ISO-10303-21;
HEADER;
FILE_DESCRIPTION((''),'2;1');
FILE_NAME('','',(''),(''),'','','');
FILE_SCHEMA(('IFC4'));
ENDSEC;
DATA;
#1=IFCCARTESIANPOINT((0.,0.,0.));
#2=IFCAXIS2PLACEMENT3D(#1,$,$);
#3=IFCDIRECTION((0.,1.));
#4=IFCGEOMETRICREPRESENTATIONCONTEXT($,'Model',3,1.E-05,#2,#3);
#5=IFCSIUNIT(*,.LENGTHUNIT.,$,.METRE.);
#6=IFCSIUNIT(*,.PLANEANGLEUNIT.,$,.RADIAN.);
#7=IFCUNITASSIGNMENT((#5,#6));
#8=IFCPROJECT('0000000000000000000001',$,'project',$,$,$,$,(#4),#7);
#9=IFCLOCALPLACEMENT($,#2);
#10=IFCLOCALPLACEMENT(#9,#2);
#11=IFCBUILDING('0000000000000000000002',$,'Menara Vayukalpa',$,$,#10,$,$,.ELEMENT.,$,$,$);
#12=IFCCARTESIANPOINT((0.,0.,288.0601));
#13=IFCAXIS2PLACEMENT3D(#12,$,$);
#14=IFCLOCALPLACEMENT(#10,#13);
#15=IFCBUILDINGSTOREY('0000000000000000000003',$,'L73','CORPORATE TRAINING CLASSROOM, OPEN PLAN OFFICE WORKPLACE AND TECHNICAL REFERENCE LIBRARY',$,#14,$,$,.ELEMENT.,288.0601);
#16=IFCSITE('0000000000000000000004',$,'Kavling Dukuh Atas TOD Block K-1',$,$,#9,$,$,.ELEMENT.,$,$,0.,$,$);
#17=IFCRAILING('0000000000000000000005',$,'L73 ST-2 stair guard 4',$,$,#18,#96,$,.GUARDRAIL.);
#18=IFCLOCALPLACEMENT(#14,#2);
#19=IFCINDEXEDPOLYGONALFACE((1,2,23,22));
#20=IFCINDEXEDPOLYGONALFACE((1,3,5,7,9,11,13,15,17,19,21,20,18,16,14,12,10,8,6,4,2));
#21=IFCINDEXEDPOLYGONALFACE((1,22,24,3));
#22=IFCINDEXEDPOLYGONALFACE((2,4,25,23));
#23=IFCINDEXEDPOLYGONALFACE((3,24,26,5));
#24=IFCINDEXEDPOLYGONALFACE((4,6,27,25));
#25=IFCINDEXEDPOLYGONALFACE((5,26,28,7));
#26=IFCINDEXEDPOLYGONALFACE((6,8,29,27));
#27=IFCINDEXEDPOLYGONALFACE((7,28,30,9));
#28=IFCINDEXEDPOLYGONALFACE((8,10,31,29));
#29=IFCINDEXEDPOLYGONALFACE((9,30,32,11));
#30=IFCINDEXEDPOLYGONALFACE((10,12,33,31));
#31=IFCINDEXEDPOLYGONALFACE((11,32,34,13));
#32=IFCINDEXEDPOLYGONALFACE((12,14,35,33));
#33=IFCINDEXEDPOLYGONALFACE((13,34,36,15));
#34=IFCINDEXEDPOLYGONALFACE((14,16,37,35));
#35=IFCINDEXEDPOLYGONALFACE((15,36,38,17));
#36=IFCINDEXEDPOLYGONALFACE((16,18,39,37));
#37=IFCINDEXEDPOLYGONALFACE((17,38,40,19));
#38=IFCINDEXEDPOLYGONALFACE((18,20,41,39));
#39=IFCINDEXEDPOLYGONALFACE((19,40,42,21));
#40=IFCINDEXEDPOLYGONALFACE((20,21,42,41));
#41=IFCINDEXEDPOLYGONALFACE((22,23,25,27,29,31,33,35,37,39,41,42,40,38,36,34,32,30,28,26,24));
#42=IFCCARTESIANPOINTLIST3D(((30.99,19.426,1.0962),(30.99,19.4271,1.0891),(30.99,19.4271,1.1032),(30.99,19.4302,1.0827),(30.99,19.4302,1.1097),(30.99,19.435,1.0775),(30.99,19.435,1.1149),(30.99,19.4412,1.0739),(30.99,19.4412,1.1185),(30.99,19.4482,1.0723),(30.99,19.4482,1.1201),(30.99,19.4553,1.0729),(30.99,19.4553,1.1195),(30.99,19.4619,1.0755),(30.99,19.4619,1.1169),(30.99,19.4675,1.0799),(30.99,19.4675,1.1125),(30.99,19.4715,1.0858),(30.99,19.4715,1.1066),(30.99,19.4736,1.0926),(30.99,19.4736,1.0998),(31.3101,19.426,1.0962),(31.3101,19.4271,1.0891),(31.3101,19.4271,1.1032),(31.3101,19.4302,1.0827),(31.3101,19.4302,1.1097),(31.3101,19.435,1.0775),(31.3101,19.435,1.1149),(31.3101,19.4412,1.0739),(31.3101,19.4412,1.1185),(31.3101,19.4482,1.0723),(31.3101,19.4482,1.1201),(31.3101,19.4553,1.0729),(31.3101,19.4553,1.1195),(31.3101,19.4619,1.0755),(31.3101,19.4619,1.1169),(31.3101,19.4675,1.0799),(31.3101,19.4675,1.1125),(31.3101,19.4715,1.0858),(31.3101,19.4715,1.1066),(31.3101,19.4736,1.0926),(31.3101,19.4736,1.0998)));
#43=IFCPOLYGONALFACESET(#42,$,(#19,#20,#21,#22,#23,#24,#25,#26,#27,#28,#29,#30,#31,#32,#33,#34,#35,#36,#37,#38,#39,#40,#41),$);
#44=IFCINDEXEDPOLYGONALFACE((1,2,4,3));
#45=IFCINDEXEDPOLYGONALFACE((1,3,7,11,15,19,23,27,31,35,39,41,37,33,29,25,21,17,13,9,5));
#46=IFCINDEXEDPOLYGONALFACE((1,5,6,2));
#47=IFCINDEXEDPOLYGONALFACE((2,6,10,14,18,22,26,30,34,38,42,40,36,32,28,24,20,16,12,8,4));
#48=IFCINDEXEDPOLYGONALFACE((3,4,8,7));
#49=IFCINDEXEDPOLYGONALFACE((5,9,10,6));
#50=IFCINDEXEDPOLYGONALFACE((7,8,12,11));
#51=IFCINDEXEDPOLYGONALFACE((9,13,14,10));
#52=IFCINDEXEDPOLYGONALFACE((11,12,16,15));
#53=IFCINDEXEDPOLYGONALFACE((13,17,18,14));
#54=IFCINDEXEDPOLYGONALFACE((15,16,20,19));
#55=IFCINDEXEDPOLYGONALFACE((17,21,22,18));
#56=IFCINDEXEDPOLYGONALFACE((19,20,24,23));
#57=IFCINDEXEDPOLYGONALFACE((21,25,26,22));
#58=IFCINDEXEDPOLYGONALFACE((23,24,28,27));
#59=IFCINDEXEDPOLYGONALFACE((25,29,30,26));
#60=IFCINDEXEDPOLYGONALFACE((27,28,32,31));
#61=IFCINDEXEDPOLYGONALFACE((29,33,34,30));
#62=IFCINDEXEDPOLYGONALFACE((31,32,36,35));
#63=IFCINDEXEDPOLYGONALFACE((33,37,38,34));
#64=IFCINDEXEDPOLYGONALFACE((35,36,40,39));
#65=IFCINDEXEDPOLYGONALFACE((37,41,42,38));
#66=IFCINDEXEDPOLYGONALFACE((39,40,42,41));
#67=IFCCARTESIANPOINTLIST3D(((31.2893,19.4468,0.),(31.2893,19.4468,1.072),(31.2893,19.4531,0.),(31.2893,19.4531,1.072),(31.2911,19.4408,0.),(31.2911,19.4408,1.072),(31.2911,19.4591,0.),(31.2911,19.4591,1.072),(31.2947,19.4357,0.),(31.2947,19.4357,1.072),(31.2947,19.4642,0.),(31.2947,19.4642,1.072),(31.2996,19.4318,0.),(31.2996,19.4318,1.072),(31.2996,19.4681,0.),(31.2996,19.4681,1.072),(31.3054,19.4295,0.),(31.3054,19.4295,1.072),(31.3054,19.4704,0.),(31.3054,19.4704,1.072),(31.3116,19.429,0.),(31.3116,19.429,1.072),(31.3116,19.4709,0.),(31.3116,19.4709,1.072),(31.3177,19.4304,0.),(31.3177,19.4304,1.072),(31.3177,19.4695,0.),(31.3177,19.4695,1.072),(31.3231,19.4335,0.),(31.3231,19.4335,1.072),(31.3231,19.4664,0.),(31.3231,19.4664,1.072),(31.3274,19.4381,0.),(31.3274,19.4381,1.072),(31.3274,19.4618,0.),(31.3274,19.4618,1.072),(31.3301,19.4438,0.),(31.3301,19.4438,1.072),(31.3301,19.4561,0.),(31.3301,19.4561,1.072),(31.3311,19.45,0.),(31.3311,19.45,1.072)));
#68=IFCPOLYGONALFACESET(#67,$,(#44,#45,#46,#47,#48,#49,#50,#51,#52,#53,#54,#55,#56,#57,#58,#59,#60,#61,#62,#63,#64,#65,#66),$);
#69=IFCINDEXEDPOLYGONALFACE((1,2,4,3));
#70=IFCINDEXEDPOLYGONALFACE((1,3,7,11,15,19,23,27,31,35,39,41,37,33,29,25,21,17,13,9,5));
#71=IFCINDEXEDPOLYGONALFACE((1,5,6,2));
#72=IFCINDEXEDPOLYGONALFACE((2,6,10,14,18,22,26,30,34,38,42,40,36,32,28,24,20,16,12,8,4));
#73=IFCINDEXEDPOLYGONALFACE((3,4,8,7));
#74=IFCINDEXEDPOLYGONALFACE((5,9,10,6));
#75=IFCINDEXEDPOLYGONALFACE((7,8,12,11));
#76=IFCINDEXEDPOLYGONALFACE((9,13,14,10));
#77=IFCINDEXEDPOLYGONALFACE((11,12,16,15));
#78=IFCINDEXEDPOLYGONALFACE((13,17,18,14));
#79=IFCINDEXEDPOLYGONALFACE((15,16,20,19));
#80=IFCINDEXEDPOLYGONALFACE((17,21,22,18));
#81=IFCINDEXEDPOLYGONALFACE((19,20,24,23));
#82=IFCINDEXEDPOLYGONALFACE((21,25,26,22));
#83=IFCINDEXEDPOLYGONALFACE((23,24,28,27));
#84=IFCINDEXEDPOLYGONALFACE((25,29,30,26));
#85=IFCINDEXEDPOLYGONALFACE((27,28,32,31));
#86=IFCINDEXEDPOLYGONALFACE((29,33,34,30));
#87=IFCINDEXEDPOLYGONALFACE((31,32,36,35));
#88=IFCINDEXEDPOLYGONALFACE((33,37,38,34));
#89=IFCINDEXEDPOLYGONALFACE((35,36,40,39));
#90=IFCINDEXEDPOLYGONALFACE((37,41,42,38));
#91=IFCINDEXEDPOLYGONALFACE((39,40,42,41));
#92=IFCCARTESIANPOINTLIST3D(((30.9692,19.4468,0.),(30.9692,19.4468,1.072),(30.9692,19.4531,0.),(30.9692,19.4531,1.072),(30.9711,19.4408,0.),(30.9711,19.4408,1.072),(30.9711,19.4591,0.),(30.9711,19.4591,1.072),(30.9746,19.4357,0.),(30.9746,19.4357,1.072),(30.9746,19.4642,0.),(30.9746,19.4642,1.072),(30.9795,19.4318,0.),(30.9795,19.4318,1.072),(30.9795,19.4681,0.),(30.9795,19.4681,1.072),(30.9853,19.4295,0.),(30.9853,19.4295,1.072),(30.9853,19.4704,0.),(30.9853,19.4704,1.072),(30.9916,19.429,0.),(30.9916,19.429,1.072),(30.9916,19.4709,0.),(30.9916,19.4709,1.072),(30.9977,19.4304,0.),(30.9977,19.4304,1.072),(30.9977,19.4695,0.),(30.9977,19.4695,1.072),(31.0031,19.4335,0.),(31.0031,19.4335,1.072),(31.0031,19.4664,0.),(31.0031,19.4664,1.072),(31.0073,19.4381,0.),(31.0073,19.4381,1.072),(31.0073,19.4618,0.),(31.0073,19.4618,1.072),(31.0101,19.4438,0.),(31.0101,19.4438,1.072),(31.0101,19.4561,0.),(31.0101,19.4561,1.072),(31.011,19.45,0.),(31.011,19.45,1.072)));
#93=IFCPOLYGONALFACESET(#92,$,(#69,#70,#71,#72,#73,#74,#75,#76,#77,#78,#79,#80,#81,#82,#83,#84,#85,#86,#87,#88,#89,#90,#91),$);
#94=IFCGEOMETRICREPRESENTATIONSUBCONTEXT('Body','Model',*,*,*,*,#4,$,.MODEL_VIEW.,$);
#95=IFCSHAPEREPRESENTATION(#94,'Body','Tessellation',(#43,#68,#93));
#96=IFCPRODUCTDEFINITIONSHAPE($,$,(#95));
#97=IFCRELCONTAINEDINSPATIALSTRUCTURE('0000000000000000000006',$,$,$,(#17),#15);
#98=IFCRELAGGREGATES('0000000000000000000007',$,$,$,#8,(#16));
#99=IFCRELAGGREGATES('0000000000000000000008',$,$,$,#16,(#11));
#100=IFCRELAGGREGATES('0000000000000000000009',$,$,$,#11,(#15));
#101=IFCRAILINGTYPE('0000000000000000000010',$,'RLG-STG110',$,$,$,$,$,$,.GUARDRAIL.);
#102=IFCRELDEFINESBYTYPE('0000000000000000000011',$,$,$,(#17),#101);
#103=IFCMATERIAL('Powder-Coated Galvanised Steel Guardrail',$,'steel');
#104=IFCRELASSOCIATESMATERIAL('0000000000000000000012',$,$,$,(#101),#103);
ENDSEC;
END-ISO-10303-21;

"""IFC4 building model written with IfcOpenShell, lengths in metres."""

from ifc_helpers import new_model, si_unit, direction, frame, origin, origin_2d, place, context, subcontext, project, spatial, circle, extrude, material, type_object, element, save


model = new_model("IFC4")

# Units and contexts
model_context = context("Model", 3, precision=1e-05, world=origin(), true_north=direction((0.0, 1.0)))
body_context = subcontext(model_context, "Body", "Model", "MODEL_VIEW")
ifc_project = project(units=[si_unit("LENGTHUNIT", "METRE"), si_unit("PLANEANGLEUNIT", "RADIAN")], contexts=[model_context])

# Site, building, storey
site_placement = place(None, origin())
site = spatial("IfcSite", under=ifc_project, at=site_placement, Name="Kavling Dukuh Atas TOD Block K-1", CompositionType="ELEMENT", RefElevation=0.0)
building_placement = place(site_placement, origin())
building = spatial("IfcBuilding", under=site, at=building_placement, Name="Menara Vayukalpa", CompositionType="ELEMENT")
storey_placement = place(building_placement, frame((0.0, 0.0, 288.0601)))
storey = spatial("IfcBuildingStorey", under=building, at=storey_placement, Name="L73", Description="CORPORATE TRAINING CLASSROOM, OPEN PLAN OFFICE WORKPLACE AND TECHNICAL REFERENCE LIBRARY", CompositionType="ELEMENT", Elevation=288.0601)

# Railing
ifc_material_1 = material(Name="Powder-Coated Galvanised Steel Guardrail", Category="steel")
railing_type_1 = type_object("IfcRailingType", Name="RLG-STG110", PredefinedType="GUARDRAIL", material=ifc_material_1)
railing_1_placement = place(storey_placement, frame((31.3101, 19.45, 0.0)))
element("IfcRailing", 1, at=railing_1_placement, inside=storey, type_object=railing_type_1, Name="L73 ST-2 stair guard 4", PredefinedType="GUARDRAIL", context=body_context, shape_type="SweptSolid", body=[
    extrude(circle(Radius=0.0239, at=origin_2d()), frame((0.0, 0.0, 1.0962), z_axis=(-1.0, 0.0, 0.0), x_axis=(0.0, -1.0, 0.0)), (0.0, 0.0, 1.0), 0.3201),
    extrude(circle(Radius=0.021, at=origin_2d()), origin(), (0.0, 0.0, 1.0), 1.072),
    extrude(circle(Radius=0.021, at=origin_2d()), frame((-0.3201, 0.0, 0.0)), (0.0, 0.0, 1.0), 1.072),
])

save(model, "model.ifc")
